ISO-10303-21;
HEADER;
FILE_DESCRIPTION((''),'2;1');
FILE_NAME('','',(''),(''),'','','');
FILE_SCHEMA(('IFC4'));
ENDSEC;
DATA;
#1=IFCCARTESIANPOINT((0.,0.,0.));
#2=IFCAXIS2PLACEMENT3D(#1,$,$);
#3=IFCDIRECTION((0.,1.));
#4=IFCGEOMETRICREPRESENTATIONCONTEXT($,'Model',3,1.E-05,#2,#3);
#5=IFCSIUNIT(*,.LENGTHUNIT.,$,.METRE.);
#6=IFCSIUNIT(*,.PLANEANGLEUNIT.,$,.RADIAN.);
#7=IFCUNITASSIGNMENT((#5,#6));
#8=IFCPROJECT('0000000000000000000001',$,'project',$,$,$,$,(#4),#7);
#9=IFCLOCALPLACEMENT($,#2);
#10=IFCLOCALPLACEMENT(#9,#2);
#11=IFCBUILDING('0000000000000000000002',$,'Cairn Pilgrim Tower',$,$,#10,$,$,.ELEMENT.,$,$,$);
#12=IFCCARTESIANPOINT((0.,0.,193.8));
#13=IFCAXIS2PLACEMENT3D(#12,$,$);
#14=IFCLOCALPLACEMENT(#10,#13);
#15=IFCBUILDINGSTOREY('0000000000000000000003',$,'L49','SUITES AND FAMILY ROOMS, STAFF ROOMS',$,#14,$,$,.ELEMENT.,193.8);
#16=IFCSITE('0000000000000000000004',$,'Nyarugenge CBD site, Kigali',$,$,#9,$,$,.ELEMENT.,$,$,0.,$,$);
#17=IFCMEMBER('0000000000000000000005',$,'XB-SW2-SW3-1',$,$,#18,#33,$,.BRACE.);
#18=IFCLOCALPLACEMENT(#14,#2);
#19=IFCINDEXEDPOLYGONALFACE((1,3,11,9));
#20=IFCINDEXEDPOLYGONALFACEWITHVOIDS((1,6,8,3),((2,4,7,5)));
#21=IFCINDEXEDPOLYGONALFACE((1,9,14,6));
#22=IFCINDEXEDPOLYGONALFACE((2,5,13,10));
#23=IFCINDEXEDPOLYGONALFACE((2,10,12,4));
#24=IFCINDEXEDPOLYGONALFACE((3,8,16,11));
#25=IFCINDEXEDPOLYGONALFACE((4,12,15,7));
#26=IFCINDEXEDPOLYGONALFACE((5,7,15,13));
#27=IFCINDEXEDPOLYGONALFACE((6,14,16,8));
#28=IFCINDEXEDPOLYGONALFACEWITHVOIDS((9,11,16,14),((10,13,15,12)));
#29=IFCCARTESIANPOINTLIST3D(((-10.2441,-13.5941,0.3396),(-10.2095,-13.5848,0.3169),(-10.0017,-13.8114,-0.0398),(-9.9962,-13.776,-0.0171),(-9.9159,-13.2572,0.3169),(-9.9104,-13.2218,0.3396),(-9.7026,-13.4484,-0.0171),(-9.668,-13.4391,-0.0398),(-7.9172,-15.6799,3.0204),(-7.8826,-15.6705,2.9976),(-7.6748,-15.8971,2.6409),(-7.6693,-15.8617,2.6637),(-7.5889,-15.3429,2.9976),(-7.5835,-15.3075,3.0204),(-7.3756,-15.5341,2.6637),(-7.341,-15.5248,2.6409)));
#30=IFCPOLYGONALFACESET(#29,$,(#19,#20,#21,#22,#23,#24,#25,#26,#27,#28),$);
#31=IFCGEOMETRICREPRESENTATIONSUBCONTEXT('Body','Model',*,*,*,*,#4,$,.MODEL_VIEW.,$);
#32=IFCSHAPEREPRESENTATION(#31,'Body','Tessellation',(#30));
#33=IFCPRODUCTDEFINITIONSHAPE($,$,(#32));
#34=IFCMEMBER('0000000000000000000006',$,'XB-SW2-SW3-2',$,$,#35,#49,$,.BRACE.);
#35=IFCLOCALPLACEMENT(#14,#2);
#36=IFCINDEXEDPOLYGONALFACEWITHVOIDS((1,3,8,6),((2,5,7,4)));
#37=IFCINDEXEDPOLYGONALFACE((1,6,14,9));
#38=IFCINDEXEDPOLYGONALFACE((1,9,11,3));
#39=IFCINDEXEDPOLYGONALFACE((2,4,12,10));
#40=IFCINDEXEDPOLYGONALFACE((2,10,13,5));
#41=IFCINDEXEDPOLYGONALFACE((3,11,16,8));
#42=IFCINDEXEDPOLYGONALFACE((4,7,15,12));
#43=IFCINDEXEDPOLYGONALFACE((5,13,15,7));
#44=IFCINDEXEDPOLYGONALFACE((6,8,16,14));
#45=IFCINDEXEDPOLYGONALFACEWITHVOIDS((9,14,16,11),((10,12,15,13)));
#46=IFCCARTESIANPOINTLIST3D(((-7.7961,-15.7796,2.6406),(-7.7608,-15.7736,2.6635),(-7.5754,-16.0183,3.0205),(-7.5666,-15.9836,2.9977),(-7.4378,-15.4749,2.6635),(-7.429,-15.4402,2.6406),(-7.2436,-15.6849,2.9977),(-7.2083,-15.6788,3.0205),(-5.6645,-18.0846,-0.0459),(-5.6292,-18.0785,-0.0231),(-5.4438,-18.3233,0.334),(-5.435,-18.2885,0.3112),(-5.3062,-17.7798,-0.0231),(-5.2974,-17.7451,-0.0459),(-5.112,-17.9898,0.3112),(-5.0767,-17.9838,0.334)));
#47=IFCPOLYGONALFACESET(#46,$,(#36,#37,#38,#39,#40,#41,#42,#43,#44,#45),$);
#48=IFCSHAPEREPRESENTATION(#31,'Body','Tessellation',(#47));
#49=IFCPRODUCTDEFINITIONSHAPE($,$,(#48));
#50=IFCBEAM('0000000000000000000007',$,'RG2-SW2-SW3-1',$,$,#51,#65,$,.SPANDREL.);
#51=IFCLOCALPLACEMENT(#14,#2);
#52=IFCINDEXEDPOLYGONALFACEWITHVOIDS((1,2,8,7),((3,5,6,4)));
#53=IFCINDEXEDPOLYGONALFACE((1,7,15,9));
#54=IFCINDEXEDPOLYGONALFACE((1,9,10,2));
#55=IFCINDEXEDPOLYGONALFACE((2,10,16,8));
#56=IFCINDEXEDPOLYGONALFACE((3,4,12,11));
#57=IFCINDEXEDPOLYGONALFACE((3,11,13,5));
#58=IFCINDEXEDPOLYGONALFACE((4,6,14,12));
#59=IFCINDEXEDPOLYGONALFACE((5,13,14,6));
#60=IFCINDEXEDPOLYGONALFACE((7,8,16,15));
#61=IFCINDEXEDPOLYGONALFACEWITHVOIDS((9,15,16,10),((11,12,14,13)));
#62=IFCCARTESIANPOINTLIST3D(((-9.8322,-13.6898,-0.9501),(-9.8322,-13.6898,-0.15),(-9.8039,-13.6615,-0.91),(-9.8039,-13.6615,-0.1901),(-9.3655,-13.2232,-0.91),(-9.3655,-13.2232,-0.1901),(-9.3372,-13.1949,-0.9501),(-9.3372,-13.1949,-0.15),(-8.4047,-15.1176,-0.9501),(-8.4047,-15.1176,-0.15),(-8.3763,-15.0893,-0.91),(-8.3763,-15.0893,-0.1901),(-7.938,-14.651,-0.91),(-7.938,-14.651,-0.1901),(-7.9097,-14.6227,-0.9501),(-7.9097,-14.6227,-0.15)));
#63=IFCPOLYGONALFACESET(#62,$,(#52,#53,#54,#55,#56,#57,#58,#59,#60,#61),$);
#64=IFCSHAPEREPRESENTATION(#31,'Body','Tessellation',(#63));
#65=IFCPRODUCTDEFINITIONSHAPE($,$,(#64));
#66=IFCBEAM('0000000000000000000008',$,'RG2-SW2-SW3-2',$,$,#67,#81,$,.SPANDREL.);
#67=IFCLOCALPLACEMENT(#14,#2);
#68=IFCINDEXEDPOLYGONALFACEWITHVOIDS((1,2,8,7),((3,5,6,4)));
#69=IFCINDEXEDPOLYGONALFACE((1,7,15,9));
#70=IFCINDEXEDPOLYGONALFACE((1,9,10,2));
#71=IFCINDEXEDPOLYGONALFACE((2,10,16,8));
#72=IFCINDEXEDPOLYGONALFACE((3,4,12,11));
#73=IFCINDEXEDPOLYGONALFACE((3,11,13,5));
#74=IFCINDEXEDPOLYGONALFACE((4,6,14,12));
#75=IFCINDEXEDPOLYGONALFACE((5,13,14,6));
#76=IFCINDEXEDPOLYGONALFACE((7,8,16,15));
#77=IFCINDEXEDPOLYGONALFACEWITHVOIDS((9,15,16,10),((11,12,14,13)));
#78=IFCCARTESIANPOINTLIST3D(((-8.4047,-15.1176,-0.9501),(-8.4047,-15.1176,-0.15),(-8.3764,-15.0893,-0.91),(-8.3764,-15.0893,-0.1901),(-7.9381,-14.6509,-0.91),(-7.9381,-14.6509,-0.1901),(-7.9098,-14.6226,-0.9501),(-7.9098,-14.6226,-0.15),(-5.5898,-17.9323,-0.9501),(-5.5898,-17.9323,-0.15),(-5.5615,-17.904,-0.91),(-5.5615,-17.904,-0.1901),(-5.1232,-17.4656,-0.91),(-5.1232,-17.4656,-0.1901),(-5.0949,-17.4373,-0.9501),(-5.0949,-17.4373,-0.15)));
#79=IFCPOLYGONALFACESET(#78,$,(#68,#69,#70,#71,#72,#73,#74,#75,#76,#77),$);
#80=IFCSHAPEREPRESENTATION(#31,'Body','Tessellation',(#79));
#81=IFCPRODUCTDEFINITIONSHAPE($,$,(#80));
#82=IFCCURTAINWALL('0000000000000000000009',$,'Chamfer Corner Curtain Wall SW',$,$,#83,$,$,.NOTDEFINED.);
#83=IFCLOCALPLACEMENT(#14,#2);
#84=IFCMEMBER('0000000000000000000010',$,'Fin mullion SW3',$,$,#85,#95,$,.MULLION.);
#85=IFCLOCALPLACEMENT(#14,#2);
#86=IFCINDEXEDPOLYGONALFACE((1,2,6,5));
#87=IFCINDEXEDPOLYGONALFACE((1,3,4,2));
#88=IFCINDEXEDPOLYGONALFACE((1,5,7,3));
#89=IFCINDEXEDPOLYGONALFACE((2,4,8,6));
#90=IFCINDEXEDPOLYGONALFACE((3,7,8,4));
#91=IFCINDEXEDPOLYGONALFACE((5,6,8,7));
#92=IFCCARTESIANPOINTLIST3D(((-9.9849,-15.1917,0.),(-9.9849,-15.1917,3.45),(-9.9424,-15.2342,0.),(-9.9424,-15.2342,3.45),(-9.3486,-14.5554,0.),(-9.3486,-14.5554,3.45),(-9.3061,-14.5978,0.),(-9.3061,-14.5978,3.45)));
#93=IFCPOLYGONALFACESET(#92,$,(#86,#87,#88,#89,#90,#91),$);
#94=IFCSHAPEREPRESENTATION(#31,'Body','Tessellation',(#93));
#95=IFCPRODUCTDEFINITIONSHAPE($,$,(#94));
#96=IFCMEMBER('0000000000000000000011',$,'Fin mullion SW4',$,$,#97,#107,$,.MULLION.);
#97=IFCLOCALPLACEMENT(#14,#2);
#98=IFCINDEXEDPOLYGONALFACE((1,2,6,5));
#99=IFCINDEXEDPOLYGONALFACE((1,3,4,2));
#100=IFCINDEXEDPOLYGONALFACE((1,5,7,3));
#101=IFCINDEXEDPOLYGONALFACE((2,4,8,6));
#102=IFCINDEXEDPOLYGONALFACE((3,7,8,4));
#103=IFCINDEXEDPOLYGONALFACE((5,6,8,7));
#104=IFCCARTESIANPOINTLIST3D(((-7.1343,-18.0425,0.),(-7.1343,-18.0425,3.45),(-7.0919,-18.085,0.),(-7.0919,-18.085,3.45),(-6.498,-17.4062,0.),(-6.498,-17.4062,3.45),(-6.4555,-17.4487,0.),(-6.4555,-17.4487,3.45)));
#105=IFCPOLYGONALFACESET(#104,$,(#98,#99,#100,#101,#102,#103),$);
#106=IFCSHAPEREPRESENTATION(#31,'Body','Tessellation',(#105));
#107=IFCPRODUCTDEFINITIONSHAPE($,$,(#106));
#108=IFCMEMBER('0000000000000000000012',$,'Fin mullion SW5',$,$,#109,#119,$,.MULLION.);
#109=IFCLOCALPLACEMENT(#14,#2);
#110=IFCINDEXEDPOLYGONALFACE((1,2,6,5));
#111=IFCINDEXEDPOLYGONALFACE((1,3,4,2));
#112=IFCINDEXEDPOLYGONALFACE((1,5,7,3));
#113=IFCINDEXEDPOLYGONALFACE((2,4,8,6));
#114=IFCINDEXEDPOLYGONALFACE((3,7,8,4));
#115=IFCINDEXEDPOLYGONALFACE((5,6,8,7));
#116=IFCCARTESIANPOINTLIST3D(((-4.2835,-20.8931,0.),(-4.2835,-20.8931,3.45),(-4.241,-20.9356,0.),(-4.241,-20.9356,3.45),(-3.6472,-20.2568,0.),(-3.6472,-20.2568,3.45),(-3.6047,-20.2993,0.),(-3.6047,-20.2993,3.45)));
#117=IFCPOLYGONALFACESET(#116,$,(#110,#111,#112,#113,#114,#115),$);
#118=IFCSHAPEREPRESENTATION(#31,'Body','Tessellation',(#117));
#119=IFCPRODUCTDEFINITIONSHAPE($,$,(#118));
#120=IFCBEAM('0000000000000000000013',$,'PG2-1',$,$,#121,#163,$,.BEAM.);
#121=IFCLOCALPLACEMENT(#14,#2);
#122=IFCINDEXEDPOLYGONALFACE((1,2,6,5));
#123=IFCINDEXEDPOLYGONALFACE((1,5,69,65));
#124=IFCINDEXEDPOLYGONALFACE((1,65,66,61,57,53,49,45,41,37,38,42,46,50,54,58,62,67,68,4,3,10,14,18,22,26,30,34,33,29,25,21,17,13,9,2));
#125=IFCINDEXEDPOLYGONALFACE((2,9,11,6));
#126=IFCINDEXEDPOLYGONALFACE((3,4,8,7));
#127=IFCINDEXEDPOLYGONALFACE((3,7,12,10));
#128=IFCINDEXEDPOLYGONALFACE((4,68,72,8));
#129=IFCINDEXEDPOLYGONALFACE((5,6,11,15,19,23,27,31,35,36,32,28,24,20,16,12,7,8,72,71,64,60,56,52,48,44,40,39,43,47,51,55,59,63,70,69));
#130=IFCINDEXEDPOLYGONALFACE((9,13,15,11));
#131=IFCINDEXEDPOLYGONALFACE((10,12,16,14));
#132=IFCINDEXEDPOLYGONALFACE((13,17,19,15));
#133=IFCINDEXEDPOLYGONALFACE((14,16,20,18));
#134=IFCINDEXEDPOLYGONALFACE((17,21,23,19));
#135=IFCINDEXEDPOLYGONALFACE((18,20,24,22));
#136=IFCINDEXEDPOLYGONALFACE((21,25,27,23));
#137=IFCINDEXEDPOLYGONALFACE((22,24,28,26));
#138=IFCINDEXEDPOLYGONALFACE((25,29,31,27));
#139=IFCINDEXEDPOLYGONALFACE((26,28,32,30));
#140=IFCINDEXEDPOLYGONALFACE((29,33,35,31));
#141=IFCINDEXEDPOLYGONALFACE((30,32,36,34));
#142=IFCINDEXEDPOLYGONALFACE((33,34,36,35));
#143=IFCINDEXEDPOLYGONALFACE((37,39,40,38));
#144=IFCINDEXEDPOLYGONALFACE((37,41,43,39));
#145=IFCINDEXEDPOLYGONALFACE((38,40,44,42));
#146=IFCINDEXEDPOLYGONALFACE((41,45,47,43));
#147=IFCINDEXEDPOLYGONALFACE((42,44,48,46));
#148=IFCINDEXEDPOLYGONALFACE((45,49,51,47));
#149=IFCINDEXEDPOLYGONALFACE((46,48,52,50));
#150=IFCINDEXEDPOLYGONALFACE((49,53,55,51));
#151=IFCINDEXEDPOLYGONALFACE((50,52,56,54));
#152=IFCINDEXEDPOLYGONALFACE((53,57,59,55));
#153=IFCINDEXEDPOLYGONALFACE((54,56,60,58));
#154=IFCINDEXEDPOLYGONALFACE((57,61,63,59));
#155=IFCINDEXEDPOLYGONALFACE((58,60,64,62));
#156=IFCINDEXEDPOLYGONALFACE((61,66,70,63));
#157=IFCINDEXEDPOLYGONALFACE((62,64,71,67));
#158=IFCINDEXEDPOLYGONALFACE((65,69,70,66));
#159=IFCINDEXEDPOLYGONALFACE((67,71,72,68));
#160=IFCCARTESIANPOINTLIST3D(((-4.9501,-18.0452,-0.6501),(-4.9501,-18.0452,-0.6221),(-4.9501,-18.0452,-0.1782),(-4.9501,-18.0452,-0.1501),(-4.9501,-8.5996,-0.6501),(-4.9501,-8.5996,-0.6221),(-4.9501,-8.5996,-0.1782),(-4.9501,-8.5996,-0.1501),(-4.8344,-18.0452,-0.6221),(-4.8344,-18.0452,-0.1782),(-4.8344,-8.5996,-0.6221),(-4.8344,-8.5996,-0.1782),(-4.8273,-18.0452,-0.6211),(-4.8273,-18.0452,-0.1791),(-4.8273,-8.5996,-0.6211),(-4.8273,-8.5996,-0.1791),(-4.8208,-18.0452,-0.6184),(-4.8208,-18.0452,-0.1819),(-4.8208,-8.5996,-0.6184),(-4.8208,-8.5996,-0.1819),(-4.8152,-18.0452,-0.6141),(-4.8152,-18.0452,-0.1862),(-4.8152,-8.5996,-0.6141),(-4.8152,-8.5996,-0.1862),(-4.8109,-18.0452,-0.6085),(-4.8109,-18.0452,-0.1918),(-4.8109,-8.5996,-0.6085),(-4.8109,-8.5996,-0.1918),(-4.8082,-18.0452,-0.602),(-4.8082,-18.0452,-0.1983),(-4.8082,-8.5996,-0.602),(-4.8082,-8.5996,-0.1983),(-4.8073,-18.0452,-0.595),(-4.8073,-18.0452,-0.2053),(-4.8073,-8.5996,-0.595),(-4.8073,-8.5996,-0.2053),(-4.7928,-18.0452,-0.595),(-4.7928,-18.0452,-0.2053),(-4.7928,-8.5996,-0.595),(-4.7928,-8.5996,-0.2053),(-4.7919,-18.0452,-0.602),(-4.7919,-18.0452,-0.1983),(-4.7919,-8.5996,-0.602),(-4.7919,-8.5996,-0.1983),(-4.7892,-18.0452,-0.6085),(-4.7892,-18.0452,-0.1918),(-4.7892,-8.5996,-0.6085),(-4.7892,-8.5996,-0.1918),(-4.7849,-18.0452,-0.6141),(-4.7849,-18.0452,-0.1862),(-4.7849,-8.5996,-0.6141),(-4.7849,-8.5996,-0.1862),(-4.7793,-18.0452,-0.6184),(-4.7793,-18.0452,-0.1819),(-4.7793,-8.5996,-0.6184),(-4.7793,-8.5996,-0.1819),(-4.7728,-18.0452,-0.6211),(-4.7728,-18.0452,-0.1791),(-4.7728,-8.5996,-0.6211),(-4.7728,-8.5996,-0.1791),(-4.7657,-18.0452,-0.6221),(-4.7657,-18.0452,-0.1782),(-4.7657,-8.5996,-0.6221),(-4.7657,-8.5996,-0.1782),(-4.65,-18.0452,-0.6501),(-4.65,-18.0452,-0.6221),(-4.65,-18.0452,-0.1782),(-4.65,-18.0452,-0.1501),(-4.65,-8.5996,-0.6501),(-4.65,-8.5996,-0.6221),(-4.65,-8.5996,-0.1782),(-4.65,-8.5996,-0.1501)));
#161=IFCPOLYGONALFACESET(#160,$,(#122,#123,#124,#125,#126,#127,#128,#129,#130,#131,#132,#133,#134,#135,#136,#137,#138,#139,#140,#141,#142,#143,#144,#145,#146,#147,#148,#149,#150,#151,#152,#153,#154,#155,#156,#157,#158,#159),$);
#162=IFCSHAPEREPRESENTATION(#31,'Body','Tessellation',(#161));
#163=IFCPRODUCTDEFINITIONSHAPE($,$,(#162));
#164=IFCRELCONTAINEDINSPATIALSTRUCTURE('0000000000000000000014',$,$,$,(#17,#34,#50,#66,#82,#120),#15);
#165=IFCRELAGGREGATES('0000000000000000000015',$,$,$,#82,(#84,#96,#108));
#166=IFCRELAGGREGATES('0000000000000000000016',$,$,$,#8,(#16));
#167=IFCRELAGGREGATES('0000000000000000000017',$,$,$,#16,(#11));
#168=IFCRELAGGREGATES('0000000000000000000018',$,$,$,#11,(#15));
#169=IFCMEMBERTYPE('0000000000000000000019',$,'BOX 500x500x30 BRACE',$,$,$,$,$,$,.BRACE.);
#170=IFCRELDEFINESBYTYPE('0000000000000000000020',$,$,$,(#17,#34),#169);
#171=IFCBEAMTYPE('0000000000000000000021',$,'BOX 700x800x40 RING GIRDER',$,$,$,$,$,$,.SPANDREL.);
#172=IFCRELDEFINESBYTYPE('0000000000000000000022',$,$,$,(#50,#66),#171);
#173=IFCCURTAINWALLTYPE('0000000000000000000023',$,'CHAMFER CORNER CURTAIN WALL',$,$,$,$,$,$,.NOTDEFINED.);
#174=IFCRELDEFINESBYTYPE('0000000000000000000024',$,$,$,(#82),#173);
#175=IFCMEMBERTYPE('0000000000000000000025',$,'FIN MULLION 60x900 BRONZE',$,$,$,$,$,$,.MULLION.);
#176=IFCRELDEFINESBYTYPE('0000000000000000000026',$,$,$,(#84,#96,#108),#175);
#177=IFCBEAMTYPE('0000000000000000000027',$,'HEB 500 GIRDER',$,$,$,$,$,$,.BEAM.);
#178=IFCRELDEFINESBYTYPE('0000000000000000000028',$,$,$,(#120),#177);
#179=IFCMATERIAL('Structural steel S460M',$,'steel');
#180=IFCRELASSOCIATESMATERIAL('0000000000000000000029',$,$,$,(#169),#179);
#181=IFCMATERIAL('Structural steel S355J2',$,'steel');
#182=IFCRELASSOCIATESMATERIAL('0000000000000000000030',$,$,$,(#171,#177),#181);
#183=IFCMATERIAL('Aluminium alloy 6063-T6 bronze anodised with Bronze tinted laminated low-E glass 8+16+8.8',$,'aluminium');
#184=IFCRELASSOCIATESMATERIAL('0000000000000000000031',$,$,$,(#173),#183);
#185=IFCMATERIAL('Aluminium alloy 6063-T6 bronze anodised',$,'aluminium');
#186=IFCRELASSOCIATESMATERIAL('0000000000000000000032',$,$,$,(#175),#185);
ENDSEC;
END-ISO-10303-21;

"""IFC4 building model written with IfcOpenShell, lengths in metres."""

from ifc_helpers import new_model, si_unit, direction, frame, origin, origin_2d, place, context, subcontext, project, spatial, rectangle, hollow_rectangle, i_section, extrude, material, material_profile, profile_set, type_object, element, aggregate, save


model = new_model("IFC4")

# Units and contexts
model_context = context("Model", 3, precision=1e-05, world=origin(), true_north=direction((0.0, 1.0)))
body_context = subcontext(model_context, "Body", "Model", "MODEL_VIEW")
ifc_project = project(units=[si_unit("LENGTHUNIT", "METRE"), si_unit("PLANEANGLEUNIT", "RADIAN")], contexts=[model_context])

# Site, building, storey
site_placement = place(None, origin())
site = spatial("IfcSite", under=ifc_project, at=site_placement, Name="Nyarugenge CBD site, Kigali", CompositionType="ELEMENT", RefElevation=0.0)
building_placement = place(site_placement, origin())
building = spatial("IfcBuilding", under=site, at=building_placement, Name="Cairn Pilgrim Tower", CompositionType="ELEMENT")
storey_placement = place(building_placement, frame((0.0, 0.0, 193.8)))
storey = spatial("IfcBuildingStorey", under=building, at=storey_placement, Name="L49", Description="SUITES AND FAMILY ROOMS, STAFF ROOMS", CompositionType="ELEMENT", Elevation=193.8)

# Shared definitions
ifc_material_1 = material(Name="Structural steel S460M", Category="steel")

# Members
ifc_material_profile_1 = material_profile(ifc_material_1, hollow_rectangle(XDim=0.5, YDim=0.5, WallThickness=0.03, at=origin_2d()), Name="BOX 500x500x30")
ifc_profile_set_1 = profile_set([ifc_material_profile_1], Name="Structural steel S460M")
member_type_1 = type_object("IfcMemberType", Name="BOX 500x500x30 BRACE", PredefinedType="BRACE", material=ifc_profile_set_1)
member_1_placement = place(storey_placement, frame((-9.9561, -13.5166, 0.1499), z_axis=(0.56518, -0.506592, 0.651104), x_axis=(0.667457, 0.744648, 0.0)))
element("IfcMember", 1, at=member_1_placement, inside=storey, type_object=member_type_1, Name="XB-SW2-SW3-1", PredefinedType="BRACE", context=body_context, shape_type="SweptSolid", body=[
    extrude(hollow_rectangle(XDim=0.5, YDim=0.5, WallThickness=0.03, at=origin_2d()), origin(), (0.0, 0.0, 1.0), 4.1172),
])
member_2_placement = place(storey_placement, frame((-5.3706, -18.0342, 0.144), z_axis=(-0.515868, 0.557819, 0.650168), x_axis=(-0.734174, -0.678961, 0.0)))
element("IfcMember", 2, at=member_2_placement, inside=storey, type_object=member_type_1, Name="XB-SW2-SW3-2", PredefinedType="BRACE", context=body_context, shape_type="SweptSolid", body=[
    extrude(hollow_rectangle(XDim=0.5, YDim=0.5, WallThickness=0.03, at=origin_2d()), origin(), (0.0, 0.0, 1.0), 4.1321),
])

# Beams
ifc_material_2 = material(Name="Structural steel S355J2", Category="steel")
ifc_material_profile_2 = material_profile(ifc_material_2, hollow_rectangle(XDim=0.7, YDim=0.8, WallThickness=0.04, at=origin_2d()), Name="BOX 700x800x40")
ifc_profile_set_2 = profile_set([ifc_material_profile_2], Name="Structural steel S355J2")
beam_type_1 = type_object("IfcBeamType", Name="BOX 700x800x40 RING GIRDER", PredefinedType="SPANDREL", material=ifc_profile_set_2)
beam_1_placement = place(storey_placement, frame((-9.5847, -13.4424, -0.55), z_axis=(0.707046, -0.707167, 0.0), x_axis=(0.707167, 0.707046, 0.0)))
element("IfcBeam", 3, at=beam_1_placement, inside=storey, type_object=beam_type_1, Name="RG2-SW2-SW3-1", PredefinedType="SPANDREL", context=body_context, shape_type="SweptSolid", body=[
    extrude(hollow_rectangle(XDim=0.7, YDim=0.8, WallThickness=0.04, at=origin_2d()), origin(), (0.0, 0.0, 1.0), 2.019),
])
beam_2_placement = place(storey_placement, frame((-8.1572, -14.8701, -0.55), z_axis=(0.707137, -0.707076, 0.0), x_axis=(0.707076, 0.707137, 0.0)))
element("IfcBeam", 4, at=beam_2_placement, inside=storey, type_object=beam_type_1, Name="RG2-SW2-SW3-2", PredefinedType="SPANDREL", context=body_context, shape_type="SweptSolid", body=[
    extrude(hollow_rectangle(XDim=0.7, YDim=0.8, WallThickness=0.04, at=origin_2d()), origin(), (0.0, 0.0, 1.0), 3.9807),
])

# Curtain wall, members
ifc_material_3 = material(Name="Aluminium alloy 6063-T6 bronze anodised with Bronze tinted laminated low-E glass 8+16+8.8", Category="aluminium")
curtain_wall_type = type_object("IfcCurtainWallType", Name="CHAMFER CORNER CURTAIN WALL", PredefinedType="NOTDEFINED", material=ifc_material_3)
curtain_wall_placement = place(storey_placement, origin())
curtain_wall = element("IfcCurtainWall", 5, at=curtain_wall_placement, inside=storey, type_object=curtain_wall_type, Name="Chamfer Corner Curtain Wall SW", PredefinedType="NOTDEFINED")
ifc_material_4 = material(Name="Aluminium alloy 6063-T6 bronze anodised", Category="aluminium")
ifc_material_profile_3 = material_profile(ifc_material_4, rectangle(XDim=0.8999, YDim=0.0601, at=origin_2d()), Name="FIN MULLION 60x900 BRONZE")
ifc_profile_set_3 = profile_set([ifc_material_profile_3], Name="Aluminium alloy 6063-T6 bronze anodised")
member_type_2 = type_object("IfcMemberType", Name="FIN MULLION 60x900 BRONZE", PredefinedType="MULLION", material=ifc_profile_set_3)
member_3_placement = place(storey_placement, frame((-9.6455, -14.8948, 0.0), z_axis=(0.0, 0.0, 1.0), x_axis=(-0.707107, -0.707107, 0.0)))
member_3 = element("IfcMember", 6, at=member_3_placement, type_object=member_type_2, Name="Fin mullion SW3", PredefinedType="MULLION", context=body_context, shape_type="SweptSolid", body=[
    extrude(rectangle(XDim=0.8999, YDim=0.0601, at=origin_2d()), origin(), (0.0, 0.0, 1.0), 3.45),
])
member_4_placement = place(storey_placement, frame((-6.7949, -17.7456, 0.0), z_axis=(0.0, 0.0, 1.0), x_axis=(-0.707107, -0.707107, 0.0)))
member_4 = element("IfcMember", 7, at=member_4_placement, type_object=member_type_2, Name="Fin mullion SW4", PredefinedType="MULLION", context=body_context, shape_type="SweptSolid", body=[
    extrude(rectangle(XDim=0.8999, YDim=0.0601, at=origin_2d()), origin(), (0.0, 0.0, 1.0), 3.45),
])
member_5_placement = place(storey_placement, frame((-3.9441, -20.5962, 0.0), z_axis=(0.0, 0.0, 1.0), x_axis=(-0.707107, -0.707107, 0.0)))
member_5 = element("IfcMember", 8, at=member_5_placement, type_object=member_type_2, Name="Fin mullion SW5", PredefinedType="MULLION", context=body_context, shape_type="SweptSolid", body=[
    extrude(rectangle(XDim=0.8999, YDim=0.0601, at=origin_2d()), origin(), (0.0, 0.0, 1.0), 3.45),
])

# Beam
ifc_material_profile_4 = material_profile(ifc_material_2, i_section(OverallWidth=0.3, OverallDepth=0.5, WebThickness=0.0144, FlangeThickness=0.0281, FilletRadius=0.0271, at=origin_2d()), Name="HEB 500")
ifc_profile_set_4 = profile_set([ifc_material_profile_4], Name="Structural steel S355J2")
beam_type_2 = type_object("IfcBeamType", Name="HEB 500 GIRDER", PredefinedType="BEAM", material=ifc_profile_set_4)
beam_3_placement = place(storey_placement, frame((-4.8, -18.0452, -0.4001), z_axis=(0.0, 1.0, 0.0), x_axis=(-1.0, 0.0, 0.0)))
element("IfcBeam", 9, at=beam_3_placement, inside=storey, type_object=beam_type_2, Name="PG2-1", PredefinedType="BEAM", context=body_context, shape_type="SweptSolid", body=[
    extrude(i_section(OverallWidth=0.3, OverallDepth=0.5, WebThickness=0.0144, FlangeThickness=0.0281, FilletRadius=0.0271, at=origin_2d()), origin(), (0.0, 0.0, 1.0), 9.4456),
])

aggregate(curtain_wall, [member_3, member_4, member_5])

save(model, "model.ifc")
